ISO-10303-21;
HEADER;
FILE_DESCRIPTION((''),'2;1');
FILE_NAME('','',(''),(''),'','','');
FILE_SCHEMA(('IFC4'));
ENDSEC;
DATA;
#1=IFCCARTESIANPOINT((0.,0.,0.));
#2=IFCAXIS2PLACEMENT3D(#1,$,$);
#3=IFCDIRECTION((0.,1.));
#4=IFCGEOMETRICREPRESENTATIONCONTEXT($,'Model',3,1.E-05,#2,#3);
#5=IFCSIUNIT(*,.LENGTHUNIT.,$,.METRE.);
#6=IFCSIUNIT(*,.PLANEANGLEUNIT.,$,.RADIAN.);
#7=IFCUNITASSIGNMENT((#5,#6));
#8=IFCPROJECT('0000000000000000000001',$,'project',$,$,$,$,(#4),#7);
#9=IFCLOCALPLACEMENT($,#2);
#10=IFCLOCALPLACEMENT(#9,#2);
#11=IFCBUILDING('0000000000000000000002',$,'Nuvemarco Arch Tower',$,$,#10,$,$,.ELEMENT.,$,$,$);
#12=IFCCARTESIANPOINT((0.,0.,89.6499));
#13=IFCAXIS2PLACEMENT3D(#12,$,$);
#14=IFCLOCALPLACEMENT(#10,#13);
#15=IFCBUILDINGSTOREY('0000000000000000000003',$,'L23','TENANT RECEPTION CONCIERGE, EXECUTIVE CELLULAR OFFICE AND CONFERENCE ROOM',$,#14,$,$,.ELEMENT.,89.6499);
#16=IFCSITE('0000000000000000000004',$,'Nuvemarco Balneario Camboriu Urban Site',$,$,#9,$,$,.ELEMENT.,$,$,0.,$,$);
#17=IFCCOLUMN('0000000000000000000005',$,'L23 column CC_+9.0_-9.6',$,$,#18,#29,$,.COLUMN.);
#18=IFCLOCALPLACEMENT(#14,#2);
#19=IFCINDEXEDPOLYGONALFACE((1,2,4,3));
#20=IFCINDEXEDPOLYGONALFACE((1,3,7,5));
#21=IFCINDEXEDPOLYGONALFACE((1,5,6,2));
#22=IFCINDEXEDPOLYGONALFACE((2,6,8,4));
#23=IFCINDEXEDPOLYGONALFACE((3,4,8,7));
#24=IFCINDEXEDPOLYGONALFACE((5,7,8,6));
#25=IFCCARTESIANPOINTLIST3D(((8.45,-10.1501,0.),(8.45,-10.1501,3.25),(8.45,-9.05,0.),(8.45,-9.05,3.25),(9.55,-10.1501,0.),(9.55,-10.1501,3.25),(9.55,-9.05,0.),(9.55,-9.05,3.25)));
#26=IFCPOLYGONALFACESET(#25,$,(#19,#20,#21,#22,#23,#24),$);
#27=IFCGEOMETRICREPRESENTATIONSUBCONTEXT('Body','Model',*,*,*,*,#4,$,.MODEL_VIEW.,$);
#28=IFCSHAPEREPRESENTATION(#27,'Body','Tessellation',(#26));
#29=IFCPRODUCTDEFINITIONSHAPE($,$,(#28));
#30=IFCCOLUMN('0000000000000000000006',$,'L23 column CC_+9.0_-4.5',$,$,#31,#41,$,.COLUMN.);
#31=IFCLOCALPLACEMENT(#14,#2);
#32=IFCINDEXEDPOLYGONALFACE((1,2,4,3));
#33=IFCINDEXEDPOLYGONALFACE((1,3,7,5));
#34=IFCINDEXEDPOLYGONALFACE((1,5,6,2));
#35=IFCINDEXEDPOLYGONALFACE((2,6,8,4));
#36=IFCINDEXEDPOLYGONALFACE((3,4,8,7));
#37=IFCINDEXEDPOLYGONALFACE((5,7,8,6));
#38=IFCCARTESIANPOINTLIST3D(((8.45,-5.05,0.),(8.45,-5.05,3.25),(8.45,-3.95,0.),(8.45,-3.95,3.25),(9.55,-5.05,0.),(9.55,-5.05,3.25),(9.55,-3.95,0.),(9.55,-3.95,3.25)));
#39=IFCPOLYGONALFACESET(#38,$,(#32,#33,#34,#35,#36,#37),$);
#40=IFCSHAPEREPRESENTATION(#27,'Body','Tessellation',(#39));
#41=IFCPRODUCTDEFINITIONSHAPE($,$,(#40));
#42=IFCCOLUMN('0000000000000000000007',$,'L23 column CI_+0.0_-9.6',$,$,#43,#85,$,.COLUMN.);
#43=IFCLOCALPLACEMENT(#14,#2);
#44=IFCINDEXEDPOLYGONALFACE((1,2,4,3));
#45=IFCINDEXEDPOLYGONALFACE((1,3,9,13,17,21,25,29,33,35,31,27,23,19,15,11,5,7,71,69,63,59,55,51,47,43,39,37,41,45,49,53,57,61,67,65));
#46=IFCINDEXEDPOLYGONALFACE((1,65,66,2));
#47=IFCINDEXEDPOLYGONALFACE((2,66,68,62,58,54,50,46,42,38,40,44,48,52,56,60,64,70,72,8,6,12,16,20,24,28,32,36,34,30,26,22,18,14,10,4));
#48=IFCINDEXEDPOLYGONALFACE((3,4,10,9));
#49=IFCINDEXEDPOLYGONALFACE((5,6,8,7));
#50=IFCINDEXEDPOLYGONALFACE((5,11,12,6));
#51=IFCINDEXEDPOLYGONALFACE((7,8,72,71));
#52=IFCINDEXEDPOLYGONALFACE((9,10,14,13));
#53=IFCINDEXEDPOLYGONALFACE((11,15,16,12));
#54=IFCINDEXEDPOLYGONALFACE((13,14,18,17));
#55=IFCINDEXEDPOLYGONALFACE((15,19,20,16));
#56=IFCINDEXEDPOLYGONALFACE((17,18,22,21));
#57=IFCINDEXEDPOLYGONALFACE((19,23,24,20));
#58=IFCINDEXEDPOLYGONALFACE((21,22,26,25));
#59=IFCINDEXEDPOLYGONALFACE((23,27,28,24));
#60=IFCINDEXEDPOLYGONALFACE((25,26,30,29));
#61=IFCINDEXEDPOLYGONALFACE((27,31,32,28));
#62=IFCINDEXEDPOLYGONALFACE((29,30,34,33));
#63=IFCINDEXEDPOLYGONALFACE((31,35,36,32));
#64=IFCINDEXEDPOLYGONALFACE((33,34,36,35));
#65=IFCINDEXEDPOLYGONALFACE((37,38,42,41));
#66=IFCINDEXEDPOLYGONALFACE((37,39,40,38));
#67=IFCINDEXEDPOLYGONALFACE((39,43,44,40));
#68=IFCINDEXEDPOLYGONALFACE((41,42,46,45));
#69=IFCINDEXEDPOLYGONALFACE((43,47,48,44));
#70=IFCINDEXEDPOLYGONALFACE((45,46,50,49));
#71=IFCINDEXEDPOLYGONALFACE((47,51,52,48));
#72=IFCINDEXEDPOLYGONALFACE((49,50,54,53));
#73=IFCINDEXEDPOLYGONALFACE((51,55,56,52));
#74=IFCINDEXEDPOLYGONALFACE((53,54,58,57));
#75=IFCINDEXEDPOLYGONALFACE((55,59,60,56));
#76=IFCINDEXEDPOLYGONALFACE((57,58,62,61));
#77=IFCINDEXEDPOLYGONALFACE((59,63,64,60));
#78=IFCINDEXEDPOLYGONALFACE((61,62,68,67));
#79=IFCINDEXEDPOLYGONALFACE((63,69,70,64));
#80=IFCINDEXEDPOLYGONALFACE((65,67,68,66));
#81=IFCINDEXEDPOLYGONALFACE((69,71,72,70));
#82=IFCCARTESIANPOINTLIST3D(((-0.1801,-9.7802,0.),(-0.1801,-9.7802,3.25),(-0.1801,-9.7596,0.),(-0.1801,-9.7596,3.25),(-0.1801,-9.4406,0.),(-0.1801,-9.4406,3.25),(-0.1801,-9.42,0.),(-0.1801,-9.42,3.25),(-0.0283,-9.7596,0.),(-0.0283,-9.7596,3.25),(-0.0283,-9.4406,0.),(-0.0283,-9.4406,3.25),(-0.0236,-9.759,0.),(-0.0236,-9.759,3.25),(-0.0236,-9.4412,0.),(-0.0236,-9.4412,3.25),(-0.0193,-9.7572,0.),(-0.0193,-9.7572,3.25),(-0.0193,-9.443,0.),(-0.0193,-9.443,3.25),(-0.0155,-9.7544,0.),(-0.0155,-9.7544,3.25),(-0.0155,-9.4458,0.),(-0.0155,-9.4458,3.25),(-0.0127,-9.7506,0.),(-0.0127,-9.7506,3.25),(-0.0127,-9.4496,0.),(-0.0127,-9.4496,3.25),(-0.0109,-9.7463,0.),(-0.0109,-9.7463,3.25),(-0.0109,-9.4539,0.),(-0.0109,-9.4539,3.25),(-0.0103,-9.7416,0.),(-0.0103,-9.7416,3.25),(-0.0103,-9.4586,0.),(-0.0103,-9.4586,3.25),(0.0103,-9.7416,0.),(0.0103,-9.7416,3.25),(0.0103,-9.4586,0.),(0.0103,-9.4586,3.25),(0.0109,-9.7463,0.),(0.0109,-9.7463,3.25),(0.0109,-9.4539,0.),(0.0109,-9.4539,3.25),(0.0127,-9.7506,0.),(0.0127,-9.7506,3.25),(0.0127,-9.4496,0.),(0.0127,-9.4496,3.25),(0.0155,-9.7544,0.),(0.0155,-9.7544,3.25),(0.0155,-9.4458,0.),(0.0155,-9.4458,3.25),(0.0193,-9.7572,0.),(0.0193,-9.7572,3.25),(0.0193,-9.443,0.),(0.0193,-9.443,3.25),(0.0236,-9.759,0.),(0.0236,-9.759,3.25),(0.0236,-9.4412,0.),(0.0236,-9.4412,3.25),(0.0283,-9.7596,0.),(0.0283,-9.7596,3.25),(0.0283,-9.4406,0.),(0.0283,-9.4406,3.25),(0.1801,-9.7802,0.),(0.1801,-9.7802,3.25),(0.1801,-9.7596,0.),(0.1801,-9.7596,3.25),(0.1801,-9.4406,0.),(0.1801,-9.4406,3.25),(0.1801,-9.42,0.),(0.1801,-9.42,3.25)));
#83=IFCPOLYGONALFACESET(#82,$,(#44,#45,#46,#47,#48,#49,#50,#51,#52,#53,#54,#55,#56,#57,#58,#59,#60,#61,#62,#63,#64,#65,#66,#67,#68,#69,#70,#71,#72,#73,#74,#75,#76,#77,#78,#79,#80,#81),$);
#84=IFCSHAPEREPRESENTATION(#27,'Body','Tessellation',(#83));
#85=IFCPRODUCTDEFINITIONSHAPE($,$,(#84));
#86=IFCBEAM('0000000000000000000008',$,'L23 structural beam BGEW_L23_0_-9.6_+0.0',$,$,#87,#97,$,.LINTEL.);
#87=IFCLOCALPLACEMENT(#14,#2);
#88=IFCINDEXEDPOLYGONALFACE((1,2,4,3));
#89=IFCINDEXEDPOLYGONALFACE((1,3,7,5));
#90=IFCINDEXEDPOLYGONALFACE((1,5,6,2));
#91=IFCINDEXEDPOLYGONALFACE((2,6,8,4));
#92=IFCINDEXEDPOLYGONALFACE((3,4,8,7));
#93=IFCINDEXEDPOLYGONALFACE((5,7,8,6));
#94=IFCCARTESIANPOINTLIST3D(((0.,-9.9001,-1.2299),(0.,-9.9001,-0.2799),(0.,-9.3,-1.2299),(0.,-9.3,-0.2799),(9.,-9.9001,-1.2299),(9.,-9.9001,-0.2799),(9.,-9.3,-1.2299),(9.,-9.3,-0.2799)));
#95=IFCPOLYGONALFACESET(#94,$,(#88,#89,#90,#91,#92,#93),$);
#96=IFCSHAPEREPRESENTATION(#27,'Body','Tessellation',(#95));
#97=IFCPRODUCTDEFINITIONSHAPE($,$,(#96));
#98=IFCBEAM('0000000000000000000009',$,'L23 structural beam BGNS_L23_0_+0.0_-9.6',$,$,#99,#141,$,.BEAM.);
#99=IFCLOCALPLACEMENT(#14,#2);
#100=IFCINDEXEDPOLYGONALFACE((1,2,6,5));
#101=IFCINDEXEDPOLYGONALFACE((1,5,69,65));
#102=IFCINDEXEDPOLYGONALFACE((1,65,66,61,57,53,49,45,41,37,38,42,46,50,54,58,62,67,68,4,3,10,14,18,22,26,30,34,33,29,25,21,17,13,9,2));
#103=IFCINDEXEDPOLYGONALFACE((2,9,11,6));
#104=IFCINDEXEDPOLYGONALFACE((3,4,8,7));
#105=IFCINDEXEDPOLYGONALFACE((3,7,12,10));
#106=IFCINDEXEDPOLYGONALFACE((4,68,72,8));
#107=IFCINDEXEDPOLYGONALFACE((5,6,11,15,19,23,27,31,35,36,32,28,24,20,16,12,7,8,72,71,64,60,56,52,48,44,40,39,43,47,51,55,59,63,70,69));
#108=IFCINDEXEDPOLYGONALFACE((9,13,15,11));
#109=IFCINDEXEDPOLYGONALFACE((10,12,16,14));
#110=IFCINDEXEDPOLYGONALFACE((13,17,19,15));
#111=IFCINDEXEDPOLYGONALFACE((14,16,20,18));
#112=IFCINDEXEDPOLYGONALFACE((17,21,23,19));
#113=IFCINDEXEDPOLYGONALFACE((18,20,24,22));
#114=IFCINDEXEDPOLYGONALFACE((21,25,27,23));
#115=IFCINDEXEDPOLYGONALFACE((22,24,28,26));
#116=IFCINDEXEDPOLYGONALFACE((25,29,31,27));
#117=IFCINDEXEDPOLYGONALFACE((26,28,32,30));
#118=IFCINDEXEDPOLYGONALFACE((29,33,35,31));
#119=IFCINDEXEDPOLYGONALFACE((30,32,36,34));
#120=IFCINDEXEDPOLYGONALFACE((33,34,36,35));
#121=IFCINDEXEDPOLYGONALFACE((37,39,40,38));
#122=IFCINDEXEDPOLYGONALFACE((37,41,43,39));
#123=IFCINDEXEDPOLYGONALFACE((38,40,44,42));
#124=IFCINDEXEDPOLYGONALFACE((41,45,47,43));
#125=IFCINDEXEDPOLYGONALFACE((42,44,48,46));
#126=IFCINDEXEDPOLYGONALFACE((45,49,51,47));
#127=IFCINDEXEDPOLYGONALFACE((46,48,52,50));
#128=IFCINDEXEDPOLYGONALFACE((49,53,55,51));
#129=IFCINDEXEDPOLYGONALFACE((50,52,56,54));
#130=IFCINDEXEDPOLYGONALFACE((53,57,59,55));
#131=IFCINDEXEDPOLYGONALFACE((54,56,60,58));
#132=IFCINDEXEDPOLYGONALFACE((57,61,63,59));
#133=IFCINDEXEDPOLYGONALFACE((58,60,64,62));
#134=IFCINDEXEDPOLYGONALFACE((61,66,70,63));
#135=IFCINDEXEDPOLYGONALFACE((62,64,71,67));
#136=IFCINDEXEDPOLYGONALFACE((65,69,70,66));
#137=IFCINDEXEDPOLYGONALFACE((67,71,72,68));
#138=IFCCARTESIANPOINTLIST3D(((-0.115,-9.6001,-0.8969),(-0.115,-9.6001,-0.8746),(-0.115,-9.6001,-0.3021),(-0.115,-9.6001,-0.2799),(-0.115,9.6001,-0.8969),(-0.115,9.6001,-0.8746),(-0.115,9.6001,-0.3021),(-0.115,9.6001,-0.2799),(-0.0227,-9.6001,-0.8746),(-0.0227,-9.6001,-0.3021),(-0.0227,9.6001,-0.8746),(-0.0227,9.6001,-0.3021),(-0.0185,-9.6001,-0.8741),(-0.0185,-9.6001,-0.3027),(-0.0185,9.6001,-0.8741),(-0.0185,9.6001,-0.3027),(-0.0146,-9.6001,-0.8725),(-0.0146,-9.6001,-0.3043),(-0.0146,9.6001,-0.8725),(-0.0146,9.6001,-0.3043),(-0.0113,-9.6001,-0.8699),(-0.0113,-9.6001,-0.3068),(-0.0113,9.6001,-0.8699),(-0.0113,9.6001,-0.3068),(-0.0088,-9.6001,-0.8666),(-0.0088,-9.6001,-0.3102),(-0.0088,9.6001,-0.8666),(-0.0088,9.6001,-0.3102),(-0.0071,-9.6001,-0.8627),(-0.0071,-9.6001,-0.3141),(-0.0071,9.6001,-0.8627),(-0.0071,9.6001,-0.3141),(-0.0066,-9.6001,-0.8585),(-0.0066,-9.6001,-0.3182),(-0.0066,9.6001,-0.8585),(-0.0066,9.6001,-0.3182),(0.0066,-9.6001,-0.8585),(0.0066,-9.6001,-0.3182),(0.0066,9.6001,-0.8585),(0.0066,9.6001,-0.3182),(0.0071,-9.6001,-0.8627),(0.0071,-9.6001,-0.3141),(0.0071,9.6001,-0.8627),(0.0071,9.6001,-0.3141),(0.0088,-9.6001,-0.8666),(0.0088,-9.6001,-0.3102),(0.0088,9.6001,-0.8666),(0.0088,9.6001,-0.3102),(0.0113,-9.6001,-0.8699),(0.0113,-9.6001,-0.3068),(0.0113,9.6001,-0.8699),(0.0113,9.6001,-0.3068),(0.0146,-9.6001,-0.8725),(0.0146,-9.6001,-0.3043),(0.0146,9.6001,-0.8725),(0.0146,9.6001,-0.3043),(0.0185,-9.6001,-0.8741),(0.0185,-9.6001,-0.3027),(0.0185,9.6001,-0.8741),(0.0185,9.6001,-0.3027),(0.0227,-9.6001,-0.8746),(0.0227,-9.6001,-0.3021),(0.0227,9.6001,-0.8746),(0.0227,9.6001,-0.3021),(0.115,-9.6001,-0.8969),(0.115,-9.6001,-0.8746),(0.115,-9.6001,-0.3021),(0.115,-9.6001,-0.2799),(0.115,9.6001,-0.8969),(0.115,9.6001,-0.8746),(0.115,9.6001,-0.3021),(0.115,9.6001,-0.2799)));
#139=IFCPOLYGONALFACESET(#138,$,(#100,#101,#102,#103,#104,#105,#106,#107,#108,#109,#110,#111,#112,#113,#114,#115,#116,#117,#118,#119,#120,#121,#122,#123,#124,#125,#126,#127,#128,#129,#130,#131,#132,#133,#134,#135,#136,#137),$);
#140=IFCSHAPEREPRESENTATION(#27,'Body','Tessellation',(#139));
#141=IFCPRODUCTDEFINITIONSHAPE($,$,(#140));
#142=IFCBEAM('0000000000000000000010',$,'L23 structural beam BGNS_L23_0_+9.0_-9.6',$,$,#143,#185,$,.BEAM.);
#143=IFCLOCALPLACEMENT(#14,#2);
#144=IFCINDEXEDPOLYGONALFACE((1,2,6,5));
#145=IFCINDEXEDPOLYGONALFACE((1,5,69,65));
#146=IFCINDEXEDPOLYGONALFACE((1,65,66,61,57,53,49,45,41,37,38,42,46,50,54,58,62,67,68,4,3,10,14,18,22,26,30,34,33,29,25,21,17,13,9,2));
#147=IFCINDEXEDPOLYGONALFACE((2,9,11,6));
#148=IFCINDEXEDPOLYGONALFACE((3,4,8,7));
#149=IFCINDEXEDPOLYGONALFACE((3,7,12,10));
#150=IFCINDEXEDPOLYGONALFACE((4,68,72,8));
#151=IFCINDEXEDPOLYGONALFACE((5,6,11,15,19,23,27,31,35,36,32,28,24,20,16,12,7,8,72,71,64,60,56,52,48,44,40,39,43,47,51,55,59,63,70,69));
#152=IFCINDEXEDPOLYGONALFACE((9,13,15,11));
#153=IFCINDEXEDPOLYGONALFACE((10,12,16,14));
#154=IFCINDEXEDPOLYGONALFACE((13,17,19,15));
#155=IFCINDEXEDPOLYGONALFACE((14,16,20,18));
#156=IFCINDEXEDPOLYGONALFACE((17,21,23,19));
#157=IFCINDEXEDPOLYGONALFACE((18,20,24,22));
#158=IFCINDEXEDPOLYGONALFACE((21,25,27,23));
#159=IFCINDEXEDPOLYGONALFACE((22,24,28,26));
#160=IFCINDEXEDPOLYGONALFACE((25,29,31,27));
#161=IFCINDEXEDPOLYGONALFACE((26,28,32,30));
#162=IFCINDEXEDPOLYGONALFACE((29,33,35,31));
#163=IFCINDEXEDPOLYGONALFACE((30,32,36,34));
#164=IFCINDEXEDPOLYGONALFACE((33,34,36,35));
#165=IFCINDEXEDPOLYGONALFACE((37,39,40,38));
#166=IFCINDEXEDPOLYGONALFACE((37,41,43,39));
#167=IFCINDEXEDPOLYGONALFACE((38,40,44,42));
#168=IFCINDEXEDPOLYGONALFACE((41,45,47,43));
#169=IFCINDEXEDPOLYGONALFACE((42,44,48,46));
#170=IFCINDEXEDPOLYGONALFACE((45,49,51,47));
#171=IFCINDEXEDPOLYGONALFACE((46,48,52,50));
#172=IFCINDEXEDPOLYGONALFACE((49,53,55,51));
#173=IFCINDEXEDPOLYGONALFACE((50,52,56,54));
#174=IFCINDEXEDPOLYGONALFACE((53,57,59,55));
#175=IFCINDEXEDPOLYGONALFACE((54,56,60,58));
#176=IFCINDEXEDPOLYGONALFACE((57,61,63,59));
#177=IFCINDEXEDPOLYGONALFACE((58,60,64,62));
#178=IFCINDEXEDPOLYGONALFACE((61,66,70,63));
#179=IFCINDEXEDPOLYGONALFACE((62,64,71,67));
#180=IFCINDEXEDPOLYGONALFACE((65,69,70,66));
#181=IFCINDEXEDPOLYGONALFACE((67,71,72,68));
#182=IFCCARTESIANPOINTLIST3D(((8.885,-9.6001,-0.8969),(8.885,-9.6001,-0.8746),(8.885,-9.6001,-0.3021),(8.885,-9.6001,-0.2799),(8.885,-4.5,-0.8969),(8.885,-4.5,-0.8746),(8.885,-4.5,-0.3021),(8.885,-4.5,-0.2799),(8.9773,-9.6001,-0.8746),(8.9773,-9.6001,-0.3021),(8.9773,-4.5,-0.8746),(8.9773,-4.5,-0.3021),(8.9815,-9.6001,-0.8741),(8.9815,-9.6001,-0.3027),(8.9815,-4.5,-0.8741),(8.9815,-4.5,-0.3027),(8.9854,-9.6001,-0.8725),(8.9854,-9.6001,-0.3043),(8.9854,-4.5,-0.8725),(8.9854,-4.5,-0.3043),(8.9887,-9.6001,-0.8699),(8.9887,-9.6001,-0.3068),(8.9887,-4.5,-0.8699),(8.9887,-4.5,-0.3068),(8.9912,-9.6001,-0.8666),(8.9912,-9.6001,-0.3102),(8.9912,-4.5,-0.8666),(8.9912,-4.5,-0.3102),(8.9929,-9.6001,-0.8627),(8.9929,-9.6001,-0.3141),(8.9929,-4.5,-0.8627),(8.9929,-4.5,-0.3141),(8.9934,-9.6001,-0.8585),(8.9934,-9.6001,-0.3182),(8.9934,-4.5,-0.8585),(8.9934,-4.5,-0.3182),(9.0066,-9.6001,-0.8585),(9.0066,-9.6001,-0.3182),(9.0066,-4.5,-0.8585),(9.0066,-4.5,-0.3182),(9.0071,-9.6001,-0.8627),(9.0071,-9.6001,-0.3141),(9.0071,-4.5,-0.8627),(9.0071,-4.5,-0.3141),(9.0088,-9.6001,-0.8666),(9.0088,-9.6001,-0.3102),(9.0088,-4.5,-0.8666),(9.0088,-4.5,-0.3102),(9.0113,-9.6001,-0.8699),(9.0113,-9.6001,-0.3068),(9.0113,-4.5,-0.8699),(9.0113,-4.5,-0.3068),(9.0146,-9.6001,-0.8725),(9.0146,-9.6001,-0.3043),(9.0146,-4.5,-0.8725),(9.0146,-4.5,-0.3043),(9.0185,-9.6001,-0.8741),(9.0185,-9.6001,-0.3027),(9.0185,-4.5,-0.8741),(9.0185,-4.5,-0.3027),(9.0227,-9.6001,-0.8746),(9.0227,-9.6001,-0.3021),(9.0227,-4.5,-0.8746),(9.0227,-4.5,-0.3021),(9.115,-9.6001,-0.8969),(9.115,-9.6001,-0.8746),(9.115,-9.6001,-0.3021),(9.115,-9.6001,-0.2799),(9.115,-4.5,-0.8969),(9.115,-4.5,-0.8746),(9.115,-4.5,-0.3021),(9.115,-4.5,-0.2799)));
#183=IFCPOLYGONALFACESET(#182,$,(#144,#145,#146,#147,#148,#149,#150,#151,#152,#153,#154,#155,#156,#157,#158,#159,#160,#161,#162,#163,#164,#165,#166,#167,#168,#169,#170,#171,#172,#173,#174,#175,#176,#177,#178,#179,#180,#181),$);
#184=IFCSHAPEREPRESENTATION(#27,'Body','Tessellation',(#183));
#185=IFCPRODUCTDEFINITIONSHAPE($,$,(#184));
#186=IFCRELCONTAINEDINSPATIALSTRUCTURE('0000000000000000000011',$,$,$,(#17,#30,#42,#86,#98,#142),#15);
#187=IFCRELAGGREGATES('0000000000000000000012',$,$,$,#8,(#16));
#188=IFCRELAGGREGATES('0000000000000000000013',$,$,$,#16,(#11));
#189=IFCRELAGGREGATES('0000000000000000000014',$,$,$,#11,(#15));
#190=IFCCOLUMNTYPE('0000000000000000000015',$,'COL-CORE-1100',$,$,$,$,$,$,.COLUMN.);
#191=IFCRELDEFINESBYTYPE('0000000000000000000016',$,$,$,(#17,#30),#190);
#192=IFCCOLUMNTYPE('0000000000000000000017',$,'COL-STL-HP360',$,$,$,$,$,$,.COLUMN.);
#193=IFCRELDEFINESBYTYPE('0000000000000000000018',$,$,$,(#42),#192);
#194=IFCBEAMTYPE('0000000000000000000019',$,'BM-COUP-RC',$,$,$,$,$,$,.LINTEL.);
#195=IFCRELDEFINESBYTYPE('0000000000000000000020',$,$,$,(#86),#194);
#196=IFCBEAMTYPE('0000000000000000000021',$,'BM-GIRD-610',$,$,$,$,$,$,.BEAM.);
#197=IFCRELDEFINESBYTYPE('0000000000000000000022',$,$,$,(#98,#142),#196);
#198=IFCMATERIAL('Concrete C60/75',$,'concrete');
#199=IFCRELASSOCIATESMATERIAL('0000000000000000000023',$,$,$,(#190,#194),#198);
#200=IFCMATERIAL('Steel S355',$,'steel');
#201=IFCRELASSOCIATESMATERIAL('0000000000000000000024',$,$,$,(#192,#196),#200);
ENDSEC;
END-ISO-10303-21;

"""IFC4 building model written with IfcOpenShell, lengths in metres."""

from ifc_helpers import new_model, si_unit, direction, frame, origin, origin_2d, place, context, subcontext, project, spatial, rectangle, i_section, extrude, material, material_profile, profile_set, type_object, element, save


model = new_model("IFC4")

# Units and contexts
model_context = context("Model", 3, precision=1e-05, world=origin(), true_north=direction((0.0, 1.0)))
body_context = subcontext(model_context, "Body", "Model", "MODEL_VIEW")
ifc_project = project(units=[si_unit("LENGTHUNIT", "METRE"), si_unit("PLANEANGLEUNIT", "RADIAN")], contexts=[model_context])

# Site, building, storey
site_placement = place(None, origin())
site = spatial("IfcSite", under=ifc_project, at=site_placement, Name="Nuvemarco Balneario Camboriu Urban Site", CompositionType="ELEMENT", RefElevation=0.0)
building_placement = place(site_placement, origin())
building = spatial("IfcBuilding", under=site, at=building_placement, Name="Nuvemarco Arch Tower", CompositionType="ELEMENT")
storey_placement = place(building_placement, frame((0.0, 0.0, 89.6499)))
storey = spatial("IfcBuildingStorey", under=building, at=storey_placement, Name="L23", Description="TENANT RECEPTION CONCIERGE, EXECUTIVE CELLULAR OFFICE AND CONFERENCE ROOM", CompositionType="ELEMENT", Elevation=89.6499)

# Columns
ifc_material_1 = material(Name="Concrete C60/75", Category="concrete")
ifc_material_profile_1 = material_profile(ifc_material_1, rectangle(XDim=1.1001, YDim=1.1001, at=origin_2d()), Name="RC-COL-1100x1100")
ifc_profile_set_1 = profile_set([ifc_material_profile_1], Name="Concrete C60/75")
column_type_1 = type_object("IfcColumnType", Name="COL-CORE-1100", PredefinedType="COLUMN", material=ifc_profile_set_1)
for number, where, z_axis, x_axis, name in (
    (1, (9.0, -9.6001, 0.0), (0.0, 0.0, 1.0), (1.0, 0.0, 0.0), "L23 column CC_+9.0_-9.6"),
    (2, (9.0, -4.5, 0.0), (0.0, 0.0, 1.0), (1.0, 0.0, 0.0), "L23 column CC_+9.0_-4.5"),
):
    element("IfcColumn", number, at=place(storey_placement, frame(where, z_axis=z_axis, x_axis=x_axis)), inside=storey, type_object=column_type_1, Name=name, PredefinedType="COLUMN", context=body_context, shape_type="SweptSolid", body=[
        extrude(rectangle(XDim=1.1001, YDim=1.1001, at=origin_2d()), origin(), (0.0, 0.0, 1.0), 3.25),
    ])
ifc_material_2 = material(Name="Steel S355", Category="steel")
ifc_material_profile_2 = material_profile(ifc_material_2, i_section(OverallWidth=0.3601, OverallDepth=0.3601, WebThickness=0.0205, FlangeThickness=0.0205, FilletRadius=0.0181, at=origin_2d()), Name="HP360x174")
ifc_profile_set_2 = profile_set([ifc_material_profile_2], Name="Steel S355")
column_type_2 = type_object("IfcColumnType", Name="COL-STL-HP360", PredefinedType="COLUMN", material=ifc_profile_set_2)
column_placement = place(storey_placement, frame((0.0, -9.6001, 0.0), z_axis=(0.0, 0.0, 1.0), x_axis=(1.0, 0.0, 0.0)))
element("IfcColumn", 3, at=column_placement, inside=storey, type_object=column_type_2, Name="L23 column CI_+0.0_-9.6", PredefinedType="COLUMN", context=body_context, shape_type="SweptSolid", body=[
    extrude(i_section(OverallWidth=0.3601, OverallDepth=0.3601, WebThickness=0.0205, FlangeThickness=0.0205, FilletRadius=0.0181, at=origin_2d()), origin(), (0.0, 0.0, 1.0), 3.25),
])

# Beams
ifc_material_profile_3 = material_profile(ifc_material_1, rectangle(XDim=0.6001, YDim=0.95, at=origin_2d()), Name="RC-BM-600x950")
ifc_profile_set_3 = profile_set([ifc_material_profile_3], Name="Concrete C60/75")
beam_type_1 = type_object("IfcBeamType", Name="BM-COUP-RC", PredefinedType="LINTEL", material=ifc_profile_set_3)
beam_1_placement = place(storey_placement, frame((0.0, -9.6001, -0.7549), z_axis=(1.0, 0.0, 0.0), x_axis=(0.0, 1.0, 0.0)))
element("IfcBeam", 4, at=beam_1_placement, inside=storey, type_object=beam_type_1, Name="L23 structural beam BGEW_L23_0_-9.6_+0.0", PredefinedType="LINTEL", context=body_context, shape_type="SweptSolid", body=[
    extrude(rectangle(XDim=0.6001, YDim=0.95, at=origin_2d()), origin(), (0.0, 0.0, 1.0), 9.0),
])
ifc_material_profile_4 = material_profile(ifc_material_2, i_section(OverallWidth=0.23, OverallDepth=0.6169, WebThickness=0.0132, FlangeThickness=0.0222, FilletRadius=0.0161, at=origin_2d()), Name="W610x140")
ifc_profile_set_4 = profile_set([ifc_material_profile_4], Name="Steel S355")
beam_type_2 = type_object("IfcBeamType", Name="BM-GIRD-610", PredefinedType="BEAM", material=ifc_profile_set_4)
beam_2_placement = place(storey_placement, frame((0.0, -9.6001, -0.5884), z_axis=(0.0, 1.0, 0.0), x_axis=(-1.0, 0.0, 0.0)))
element("IfcBeam", 5, at=beam_2_placement, inside=storey, type_object=beam_type_2, Name="L23 structural beam BGNS_L23_0_+0.0_-9.6", PredefinedType="BEAM", context=body_context, shape_type="SweptSolid", body=[
    extrude(i_section(OverallWidth=0.23, OverallDepth=0.6169, WebThickness=0.0132, FlangeThickness=0.0222, FilletRadius=0.0161, at=origin_2d()), origin(), (0.0, 0.0, 1.0), 19.2002),
])
beam_3_placement = place(storey_placement, frame((9.0, -9.6001, -0.5884), z_axis=(0.0, 1.0, 0.0), x_axis=(-1.0, 0.0, 0.0)))
element("IfcBeam", 6, at=beam_3_placement, inside=storey, type_object=beam_type_2, Name="L23 structural beam BGNS_L23_0_+9.0_-9.6", PredefinedType="BEAM", context=body_context, shape_type="SweptSolid", body=[
    extrude(i_section(OverallWidth=0.23, OverallDepth=0.6169, WebThickness=0.0132, FlangeThickness=0.0222, FilletRadius=0.0161, at=origin_2d()), origin(), (0.0, 0.0, 1.0), 5.1001),
])

save(model, "model.ifc")
